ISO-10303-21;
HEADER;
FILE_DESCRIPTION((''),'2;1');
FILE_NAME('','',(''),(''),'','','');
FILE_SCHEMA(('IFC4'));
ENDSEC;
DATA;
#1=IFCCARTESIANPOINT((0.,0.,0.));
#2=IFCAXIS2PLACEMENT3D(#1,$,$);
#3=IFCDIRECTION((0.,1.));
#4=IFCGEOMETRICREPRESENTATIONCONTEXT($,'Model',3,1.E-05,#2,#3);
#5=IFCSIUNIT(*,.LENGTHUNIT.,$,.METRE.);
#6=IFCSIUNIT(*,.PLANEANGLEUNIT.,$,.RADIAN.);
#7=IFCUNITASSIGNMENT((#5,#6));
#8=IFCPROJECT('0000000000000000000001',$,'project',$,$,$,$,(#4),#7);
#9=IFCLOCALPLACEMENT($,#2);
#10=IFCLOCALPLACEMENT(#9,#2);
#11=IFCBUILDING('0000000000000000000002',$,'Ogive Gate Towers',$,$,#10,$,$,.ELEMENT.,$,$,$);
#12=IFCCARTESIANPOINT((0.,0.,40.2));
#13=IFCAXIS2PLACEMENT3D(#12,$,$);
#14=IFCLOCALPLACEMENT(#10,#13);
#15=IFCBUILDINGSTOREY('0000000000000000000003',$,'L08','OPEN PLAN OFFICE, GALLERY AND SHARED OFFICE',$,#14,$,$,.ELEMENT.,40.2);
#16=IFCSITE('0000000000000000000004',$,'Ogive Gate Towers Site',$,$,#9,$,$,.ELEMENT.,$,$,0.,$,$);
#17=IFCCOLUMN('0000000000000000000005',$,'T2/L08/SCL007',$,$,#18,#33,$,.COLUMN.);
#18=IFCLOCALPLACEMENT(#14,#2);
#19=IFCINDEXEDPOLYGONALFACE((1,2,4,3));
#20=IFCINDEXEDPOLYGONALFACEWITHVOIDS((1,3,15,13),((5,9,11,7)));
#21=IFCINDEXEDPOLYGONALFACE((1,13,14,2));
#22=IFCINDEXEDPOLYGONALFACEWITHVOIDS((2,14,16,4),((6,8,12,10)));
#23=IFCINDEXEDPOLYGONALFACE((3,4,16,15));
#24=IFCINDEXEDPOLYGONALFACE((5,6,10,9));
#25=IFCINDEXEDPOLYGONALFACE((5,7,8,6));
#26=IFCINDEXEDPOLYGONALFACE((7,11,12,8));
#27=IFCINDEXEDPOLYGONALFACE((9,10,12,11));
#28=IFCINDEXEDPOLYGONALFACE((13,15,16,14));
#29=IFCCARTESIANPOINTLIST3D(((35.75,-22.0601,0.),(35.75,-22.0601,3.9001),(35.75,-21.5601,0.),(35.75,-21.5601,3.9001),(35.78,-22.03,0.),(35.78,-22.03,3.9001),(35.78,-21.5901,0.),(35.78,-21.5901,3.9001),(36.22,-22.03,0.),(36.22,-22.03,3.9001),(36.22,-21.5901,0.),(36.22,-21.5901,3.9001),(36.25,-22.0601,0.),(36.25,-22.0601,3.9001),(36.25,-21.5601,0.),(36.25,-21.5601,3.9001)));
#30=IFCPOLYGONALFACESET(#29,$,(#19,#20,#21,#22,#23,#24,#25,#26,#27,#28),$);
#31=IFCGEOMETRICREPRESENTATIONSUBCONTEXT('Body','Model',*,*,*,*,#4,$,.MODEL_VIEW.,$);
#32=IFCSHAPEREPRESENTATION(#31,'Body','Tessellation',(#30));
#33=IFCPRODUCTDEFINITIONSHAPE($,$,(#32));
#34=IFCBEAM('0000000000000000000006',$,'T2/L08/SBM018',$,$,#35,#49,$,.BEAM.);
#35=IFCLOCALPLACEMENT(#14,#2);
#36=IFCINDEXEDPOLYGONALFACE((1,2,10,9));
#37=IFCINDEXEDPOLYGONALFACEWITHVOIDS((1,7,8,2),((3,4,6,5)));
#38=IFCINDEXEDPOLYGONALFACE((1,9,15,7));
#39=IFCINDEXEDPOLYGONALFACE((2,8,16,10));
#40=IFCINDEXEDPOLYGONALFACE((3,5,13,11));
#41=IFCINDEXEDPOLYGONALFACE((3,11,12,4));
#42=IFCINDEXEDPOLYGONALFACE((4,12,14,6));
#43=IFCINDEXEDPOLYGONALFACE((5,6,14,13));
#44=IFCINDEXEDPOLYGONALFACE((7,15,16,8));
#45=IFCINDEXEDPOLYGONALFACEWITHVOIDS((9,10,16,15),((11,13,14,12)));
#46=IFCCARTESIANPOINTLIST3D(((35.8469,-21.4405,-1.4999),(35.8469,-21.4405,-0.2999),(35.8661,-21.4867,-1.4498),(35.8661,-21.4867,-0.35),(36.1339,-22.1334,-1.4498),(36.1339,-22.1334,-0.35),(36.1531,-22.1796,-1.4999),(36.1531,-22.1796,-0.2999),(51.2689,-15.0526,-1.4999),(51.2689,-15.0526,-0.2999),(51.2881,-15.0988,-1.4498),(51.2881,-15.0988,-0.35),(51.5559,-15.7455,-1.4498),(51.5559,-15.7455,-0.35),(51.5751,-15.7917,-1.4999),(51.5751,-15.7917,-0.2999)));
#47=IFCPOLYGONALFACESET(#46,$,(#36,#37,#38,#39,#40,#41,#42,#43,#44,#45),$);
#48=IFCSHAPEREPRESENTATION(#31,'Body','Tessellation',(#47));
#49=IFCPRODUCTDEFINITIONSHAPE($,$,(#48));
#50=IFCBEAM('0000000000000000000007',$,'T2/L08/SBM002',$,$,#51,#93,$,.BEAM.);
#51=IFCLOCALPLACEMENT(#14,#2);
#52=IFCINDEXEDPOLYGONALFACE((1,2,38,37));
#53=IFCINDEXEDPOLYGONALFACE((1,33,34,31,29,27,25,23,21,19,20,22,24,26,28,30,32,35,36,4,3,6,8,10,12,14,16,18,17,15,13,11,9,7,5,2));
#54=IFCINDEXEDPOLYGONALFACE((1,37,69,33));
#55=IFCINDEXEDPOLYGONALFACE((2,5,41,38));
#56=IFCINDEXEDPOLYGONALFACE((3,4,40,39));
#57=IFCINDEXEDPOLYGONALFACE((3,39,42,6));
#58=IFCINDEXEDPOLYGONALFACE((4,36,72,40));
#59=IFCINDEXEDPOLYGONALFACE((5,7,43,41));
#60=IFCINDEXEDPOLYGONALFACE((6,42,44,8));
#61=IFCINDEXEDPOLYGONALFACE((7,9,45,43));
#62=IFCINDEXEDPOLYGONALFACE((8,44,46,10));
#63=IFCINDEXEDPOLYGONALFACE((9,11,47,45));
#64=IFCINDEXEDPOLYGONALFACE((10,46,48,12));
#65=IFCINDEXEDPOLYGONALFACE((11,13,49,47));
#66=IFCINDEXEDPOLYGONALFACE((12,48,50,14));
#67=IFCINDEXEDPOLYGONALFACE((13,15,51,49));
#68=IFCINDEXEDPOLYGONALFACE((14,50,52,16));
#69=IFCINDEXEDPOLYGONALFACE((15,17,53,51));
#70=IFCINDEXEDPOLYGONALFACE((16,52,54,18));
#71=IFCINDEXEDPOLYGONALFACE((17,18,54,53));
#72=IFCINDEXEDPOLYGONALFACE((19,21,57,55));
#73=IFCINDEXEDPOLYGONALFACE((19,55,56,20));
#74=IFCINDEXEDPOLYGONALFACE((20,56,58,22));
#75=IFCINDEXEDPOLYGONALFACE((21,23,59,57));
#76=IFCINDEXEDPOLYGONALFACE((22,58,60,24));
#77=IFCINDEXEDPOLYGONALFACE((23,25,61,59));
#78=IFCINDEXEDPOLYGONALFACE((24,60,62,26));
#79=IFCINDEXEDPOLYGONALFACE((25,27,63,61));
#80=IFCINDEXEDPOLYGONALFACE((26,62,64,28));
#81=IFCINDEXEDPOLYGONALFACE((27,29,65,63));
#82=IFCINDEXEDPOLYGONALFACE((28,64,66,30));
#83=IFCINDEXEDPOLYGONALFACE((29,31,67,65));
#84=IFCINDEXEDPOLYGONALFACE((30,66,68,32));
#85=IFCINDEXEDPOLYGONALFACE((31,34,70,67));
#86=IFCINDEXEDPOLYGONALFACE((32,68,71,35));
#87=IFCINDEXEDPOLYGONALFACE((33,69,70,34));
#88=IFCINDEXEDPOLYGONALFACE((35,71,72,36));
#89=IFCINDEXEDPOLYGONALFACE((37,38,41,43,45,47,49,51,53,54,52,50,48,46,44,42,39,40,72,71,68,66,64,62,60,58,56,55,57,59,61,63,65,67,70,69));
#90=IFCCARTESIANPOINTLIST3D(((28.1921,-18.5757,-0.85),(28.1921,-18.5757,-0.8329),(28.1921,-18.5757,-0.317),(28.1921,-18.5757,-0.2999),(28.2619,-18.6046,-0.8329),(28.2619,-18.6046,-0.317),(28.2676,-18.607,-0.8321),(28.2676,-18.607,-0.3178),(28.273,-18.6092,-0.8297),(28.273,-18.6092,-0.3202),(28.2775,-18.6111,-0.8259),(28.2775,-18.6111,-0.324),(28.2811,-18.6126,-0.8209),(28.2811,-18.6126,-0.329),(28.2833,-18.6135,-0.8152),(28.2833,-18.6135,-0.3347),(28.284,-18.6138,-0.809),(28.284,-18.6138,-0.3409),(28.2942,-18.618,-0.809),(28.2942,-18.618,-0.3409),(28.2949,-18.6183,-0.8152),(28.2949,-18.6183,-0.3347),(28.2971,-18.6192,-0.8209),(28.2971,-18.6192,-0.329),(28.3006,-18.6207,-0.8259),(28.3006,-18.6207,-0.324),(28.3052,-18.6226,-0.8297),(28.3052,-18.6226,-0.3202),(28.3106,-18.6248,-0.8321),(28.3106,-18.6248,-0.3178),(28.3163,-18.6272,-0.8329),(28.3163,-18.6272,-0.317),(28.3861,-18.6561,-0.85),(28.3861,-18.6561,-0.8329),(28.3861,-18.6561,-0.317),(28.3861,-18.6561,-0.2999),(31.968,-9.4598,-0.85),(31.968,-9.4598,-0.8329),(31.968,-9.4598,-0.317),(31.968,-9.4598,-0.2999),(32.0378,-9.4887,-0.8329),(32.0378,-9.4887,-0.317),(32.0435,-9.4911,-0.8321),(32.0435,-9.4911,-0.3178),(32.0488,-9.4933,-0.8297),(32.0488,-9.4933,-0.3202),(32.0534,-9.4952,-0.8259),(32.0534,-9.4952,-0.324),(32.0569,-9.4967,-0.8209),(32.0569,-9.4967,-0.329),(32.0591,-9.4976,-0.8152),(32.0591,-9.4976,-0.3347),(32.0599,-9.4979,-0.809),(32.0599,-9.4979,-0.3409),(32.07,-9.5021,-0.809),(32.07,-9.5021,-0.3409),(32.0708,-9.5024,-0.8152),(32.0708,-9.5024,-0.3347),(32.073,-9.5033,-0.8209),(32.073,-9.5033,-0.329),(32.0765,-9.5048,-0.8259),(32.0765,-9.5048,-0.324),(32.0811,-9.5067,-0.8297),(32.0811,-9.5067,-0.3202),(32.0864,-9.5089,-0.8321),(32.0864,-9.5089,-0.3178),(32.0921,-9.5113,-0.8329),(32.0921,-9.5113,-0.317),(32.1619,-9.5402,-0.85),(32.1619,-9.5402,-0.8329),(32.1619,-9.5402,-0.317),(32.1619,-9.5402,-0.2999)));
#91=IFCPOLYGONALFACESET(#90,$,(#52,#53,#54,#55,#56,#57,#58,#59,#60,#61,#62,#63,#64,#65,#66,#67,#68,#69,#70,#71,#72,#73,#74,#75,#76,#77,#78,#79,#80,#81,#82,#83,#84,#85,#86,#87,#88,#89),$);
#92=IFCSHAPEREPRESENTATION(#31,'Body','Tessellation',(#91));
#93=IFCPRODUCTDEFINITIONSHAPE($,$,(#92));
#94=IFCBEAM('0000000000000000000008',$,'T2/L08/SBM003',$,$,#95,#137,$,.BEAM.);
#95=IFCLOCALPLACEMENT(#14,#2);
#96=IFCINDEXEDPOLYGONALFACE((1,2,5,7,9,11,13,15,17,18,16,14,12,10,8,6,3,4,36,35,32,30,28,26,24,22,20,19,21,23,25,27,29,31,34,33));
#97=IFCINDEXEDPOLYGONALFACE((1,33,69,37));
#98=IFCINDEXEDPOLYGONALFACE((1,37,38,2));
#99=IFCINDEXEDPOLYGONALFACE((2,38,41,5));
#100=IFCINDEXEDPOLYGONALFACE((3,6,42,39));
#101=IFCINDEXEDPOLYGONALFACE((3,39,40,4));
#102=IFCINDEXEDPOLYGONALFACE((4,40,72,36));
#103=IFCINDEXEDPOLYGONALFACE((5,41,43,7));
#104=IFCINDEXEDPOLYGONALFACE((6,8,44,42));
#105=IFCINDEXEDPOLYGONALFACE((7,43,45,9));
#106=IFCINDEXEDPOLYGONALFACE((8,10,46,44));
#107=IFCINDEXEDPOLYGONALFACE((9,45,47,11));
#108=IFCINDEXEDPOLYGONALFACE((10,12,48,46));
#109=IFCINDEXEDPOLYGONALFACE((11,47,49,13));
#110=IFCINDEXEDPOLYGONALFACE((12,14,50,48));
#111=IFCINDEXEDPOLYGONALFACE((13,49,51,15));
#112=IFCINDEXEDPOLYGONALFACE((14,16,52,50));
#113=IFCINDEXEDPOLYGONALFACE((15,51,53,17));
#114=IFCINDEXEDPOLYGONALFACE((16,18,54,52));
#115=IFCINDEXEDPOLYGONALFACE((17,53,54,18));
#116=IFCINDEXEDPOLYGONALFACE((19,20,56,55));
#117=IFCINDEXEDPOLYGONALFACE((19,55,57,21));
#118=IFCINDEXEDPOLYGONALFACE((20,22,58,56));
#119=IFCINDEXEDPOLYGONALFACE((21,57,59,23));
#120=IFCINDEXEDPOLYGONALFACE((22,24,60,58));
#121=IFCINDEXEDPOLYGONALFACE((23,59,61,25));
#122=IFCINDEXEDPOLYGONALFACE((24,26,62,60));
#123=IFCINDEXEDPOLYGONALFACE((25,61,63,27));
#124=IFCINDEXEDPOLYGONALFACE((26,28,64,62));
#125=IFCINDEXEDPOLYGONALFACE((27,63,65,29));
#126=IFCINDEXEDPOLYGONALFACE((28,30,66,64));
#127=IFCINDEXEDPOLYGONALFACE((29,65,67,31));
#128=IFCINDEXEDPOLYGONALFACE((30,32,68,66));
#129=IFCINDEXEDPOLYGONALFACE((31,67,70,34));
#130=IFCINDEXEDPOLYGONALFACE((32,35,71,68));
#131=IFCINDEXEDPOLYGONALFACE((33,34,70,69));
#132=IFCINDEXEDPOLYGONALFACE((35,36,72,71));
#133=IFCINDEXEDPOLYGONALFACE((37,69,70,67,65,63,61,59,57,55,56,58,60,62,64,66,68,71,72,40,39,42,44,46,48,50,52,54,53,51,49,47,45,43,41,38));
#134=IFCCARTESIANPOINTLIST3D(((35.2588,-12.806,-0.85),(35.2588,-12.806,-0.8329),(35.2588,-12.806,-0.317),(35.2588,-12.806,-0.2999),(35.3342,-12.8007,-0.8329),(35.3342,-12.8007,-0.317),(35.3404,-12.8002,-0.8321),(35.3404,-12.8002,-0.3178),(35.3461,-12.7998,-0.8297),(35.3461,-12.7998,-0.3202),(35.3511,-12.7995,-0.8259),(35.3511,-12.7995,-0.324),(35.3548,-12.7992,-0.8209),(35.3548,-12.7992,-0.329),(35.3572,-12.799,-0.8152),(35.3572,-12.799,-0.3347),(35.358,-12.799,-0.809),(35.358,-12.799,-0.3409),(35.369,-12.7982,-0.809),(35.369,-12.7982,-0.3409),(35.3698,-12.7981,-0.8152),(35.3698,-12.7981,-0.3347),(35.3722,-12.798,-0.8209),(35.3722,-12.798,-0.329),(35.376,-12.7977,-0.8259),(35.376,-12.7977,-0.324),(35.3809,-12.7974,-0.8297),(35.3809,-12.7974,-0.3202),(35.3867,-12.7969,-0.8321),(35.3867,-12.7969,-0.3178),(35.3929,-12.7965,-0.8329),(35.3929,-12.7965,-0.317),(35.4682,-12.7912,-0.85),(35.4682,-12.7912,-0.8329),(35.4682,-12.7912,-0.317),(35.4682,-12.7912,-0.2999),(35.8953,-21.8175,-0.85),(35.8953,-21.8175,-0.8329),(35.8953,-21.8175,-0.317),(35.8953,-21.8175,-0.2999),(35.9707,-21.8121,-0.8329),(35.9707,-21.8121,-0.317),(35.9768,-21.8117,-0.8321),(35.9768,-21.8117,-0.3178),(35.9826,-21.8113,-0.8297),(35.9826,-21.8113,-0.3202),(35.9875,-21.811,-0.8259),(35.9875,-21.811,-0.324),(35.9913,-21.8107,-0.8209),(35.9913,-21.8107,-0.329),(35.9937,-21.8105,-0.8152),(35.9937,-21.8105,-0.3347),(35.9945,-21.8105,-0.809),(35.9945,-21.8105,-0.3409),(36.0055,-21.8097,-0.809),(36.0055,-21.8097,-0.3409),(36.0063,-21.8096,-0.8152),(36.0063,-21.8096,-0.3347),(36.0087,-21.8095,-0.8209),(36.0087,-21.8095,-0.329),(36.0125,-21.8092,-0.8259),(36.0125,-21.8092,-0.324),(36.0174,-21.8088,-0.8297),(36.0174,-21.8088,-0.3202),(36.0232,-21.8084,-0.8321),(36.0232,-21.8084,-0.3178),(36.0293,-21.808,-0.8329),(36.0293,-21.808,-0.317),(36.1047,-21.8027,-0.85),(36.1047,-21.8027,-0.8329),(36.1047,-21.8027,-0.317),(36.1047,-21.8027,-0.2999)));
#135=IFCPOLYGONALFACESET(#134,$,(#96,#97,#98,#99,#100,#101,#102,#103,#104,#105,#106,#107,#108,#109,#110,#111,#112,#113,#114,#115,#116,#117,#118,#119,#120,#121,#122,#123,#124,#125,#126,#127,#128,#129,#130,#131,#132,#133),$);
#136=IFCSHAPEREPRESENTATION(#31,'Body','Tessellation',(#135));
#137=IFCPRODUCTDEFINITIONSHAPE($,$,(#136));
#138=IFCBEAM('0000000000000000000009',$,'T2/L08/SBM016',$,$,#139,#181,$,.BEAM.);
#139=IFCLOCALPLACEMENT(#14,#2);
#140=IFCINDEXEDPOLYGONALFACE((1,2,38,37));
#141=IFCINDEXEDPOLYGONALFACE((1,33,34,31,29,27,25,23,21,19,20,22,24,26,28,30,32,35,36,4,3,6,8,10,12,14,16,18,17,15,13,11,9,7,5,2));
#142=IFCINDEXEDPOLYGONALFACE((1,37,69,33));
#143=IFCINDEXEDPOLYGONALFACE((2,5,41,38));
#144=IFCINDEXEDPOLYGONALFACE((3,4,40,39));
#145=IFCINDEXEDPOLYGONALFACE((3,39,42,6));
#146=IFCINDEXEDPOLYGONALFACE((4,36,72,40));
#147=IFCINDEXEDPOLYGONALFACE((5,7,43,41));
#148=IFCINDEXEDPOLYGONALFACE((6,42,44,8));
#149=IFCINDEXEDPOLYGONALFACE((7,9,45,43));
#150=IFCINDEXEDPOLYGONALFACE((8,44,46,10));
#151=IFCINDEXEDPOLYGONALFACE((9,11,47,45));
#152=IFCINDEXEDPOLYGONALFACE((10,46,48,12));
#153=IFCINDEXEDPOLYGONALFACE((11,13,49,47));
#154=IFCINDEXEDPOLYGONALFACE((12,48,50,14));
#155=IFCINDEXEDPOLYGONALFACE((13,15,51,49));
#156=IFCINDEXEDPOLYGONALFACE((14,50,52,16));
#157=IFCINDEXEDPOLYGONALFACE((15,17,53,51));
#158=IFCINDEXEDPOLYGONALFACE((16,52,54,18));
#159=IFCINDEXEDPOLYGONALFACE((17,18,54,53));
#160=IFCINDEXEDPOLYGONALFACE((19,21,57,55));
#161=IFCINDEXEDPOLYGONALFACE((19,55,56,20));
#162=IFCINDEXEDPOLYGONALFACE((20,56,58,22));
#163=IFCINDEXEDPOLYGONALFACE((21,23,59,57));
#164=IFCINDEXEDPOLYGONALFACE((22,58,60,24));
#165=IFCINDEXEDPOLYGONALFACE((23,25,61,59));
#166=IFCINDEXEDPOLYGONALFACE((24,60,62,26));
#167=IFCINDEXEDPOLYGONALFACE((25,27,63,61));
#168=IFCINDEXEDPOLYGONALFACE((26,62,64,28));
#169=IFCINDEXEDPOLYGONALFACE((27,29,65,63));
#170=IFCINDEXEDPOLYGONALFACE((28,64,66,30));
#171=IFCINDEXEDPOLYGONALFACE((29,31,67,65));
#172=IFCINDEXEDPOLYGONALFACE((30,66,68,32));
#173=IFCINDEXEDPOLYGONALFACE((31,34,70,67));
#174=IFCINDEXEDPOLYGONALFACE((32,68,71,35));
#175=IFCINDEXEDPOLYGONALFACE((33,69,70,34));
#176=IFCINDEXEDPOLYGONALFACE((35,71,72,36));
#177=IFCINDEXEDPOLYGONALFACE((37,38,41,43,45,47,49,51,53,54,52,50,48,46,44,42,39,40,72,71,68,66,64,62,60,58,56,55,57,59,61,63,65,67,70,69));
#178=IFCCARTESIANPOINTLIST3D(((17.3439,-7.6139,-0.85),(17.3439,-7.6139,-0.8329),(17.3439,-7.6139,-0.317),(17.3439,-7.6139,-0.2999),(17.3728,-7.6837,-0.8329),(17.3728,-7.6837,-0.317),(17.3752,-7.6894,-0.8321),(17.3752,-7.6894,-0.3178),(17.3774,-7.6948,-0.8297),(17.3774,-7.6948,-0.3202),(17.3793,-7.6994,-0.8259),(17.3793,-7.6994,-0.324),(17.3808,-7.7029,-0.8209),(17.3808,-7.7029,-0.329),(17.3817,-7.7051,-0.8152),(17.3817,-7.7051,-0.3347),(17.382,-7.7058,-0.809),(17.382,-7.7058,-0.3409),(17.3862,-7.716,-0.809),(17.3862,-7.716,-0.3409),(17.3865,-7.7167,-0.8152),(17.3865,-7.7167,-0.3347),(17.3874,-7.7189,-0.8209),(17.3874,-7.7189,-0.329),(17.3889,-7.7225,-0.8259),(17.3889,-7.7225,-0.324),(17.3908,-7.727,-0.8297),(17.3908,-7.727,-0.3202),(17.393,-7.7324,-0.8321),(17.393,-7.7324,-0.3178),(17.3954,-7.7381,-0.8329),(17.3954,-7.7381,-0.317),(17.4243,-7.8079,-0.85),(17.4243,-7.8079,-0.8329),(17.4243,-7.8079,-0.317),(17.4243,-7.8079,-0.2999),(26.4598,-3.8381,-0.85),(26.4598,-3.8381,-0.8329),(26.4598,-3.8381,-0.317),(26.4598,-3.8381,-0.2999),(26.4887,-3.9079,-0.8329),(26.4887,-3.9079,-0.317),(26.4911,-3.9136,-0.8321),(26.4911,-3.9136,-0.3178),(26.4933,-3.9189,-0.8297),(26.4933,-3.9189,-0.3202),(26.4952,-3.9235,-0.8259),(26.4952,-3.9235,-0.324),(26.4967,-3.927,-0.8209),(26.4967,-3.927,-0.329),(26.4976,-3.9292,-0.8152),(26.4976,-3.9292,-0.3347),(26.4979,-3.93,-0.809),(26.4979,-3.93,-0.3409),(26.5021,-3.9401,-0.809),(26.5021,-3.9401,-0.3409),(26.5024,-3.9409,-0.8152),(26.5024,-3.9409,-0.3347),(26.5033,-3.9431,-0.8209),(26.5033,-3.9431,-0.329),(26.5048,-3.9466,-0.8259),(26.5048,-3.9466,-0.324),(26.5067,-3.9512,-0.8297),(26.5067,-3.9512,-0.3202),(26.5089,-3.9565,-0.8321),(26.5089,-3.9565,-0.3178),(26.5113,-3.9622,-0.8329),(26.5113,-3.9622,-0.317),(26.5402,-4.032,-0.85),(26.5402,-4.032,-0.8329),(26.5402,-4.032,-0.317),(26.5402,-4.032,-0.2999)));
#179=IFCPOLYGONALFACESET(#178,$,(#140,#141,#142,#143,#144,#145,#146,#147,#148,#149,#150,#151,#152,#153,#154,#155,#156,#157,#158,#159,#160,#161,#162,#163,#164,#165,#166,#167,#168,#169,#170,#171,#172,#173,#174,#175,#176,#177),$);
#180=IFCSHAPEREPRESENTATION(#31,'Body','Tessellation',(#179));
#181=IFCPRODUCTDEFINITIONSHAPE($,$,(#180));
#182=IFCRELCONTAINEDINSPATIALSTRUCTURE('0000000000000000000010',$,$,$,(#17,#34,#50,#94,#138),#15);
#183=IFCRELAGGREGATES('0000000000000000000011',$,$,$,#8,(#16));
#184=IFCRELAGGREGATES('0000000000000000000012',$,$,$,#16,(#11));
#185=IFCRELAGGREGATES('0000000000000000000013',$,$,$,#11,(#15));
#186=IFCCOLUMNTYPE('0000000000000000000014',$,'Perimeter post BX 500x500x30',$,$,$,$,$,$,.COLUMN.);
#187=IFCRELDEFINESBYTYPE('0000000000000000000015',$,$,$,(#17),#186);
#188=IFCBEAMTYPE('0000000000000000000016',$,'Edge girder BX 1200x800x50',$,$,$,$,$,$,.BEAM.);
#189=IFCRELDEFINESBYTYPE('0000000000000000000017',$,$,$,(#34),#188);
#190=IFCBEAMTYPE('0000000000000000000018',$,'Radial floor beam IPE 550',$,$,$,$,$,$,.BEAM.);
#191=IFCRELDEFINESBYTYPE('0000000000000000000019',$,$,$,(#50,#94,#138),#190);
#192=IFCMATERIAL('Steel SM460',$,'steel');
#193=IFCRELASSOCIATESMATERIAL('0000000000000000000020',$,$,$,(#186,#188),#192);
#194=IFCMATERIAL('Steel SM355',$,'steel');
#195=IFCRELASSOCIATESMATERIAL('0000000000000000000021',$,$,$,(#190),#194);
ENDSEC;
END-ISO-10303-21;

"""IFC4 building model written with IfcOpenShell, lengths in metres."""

from ifc_helpers import new_model, si_unit, direction, frame, origin, origin_2d, place, context, subcontext, project, spatial, hollow_rectangle, i_section, extrude, material, material_profile, profile_set, type_object, element, save


model = new_model("IFC4")

# Units and contexts
model_context = context("Model", 3, precision=1e-05, world=origin(), true_north=direction((0.0, 1.0)))
body_context = subcontext(model_context, "Body", "Model", "MODEL_VIEW")
ifc_project = project(units=[si_unit("LENGTHUNIT", "METRE"), si_unit("PLANEANGLEUNIT", "RADIAN")], contexts=[model_context])

# Site, building, storey
site_placement = place(None, origin())
site = spatial("IfcSite", under=ifc_project, at=site_placement, Name="Ogive Gate Towers Site", CompositionType="ELEMENT", RefElevation=0.0)
building_placement = place(site_placement, origin())
building = spatial("IfcBuilding", under=site, at=building_placement, Name="Ogive Gate Towers", CompositionType="ELEMENT")
storey_placement = place(building_placement, frame((0.0, 0.0, 40.2)))
storey = spatial("IfcBuildingStorey", under=building, at=storey_placement, Name="L08", Description="OPEN PLAN OFFICE, GALLERY AND SHARED OFFICE", CompositionType="ELEMENT", Elevation=40.2)

# Column
ifc_material_1 = material(Name="Steel SM460", Category="steel")
ifc_material_profile_1 = material_profile(ifc_material_1, hollow_rectangle(XDim=0.5, YDim=0.5, WallThickness=0.03, at=origin_2d()), Name="BX 500x500x30")
ifc_profile_set_1 = profile_set([ifc_material_profile_1], Name="Steel SM460")
column_type = type_object("IfcColumnType", Name="Perimeter post BX 500x500x30", PredefinedType="COLUMN", material=ifc_profile_set_1)
column_placement = place(storey_placement, frame((36.0, -21.8101, 0.0), z_axis=(0.0, 0.0, 1.0), x_axis=(1.0, 0.0, 0.0)))
element("IfcColumn", 1, at=column_placement, inside=storey, type_object=column_type, Name="T2/L08/SCL007", PredefinedType="COLUMN", context=body_context, shape_type="SweptSolid", body=[
    extrude(hollow_rectangle(XDim=0.5, YDim=0.5, WallThickness=0.03, at=origin_2d()), origin(), (0.0, 0.0, 1.0), 3.9001),
])

# Beams
ifc_material_profile_2 = material_profile(ifc_material_1, hollow_rectangle(XDim=0.8, YDim=1.2, WallThickness=0.05, at=origin_2d()), Name="BX 1200x800x50")
ifc_profile_set_2 = profile_set([ifc_material_profile_2], Name="Steel SM460")
beam_type_1 = type_object("IfcBeamType", Name="Edge girder BX 1200x800x50", PredefinedType="BEAM", material=ifc_profile_set_2)
beam_1_placement = place(storey_placement, frame((36.0, -21.8101, -0.8999), z_axis=(0.923882, 0.382678, 0.0), x_axis=(-0.382678, 0.923882, 0.0)))
element("IfcBeam", 2, at=beam_1_placement, inside=storey, type_object=beam_type_1, Name="T2/L08/SBM018", PredefinedType="BEAM", context=body_context, shape_type="SweptSolid", body=[
    extrude(hollow_rectangle(XDim=0.8, YDim=1.2, WallThickness=0.05, at=origin_2d()), origin(), (0.0, 0.0, 1.0), 16.6926),
])
ifc_material_2 = material(Name="Steel SM355", Category="steel")
ifc_material_profile_3 = material_profile(ifc_material_2, i_section(OverallWidth=0.21, OverallDepth=0.55, WebThickness=0.011, FlangeThickness=0.0171, FilletRadius=0.0239, at=origin_2d()), Name="IPE 550")
ifc_profile_set_3 = profile_set([ifc_material_profile_3], Name="Steel SM355")
beam_type_2 = type_object("IfcBeamType", Name="Radial floor beam IPE 550", PredefinedType="BEAM", material=ifc_profile_set_3)
beam_2_placement = place(storey_placement, frame((32.0649, -9.5, -0.575), z_axis=(-0.382677, -0.923882, 0.0), x_axis=(0.923882, -0.382677, 0.0)))
element("IfcBeam", 3, at=beam_2_placement, inside=storey, type_object=beam_type_2, Name="T2/L08/SBM002", PredefinedType="BEAM", context=body_context, shape_type="SweptSolid", body=[
    extrude(i_section(OverallWidth=0.21, OverallDepth=0.55, WebThickness=0.011, FlangeThickness=0.0171, FilletRadius=0.0239, at=origin_2d()), origin(), (0.0, 0.0, 1.0), 9.8669),
])
beam_3_placement = place(storey_placement, frame((35.3635, -12.7986, -0.575), z_axis=(0.070454, -0.997515, 0.0), x_axis=(0.997515, 0.070454, 0.0)))
element("IfcBeam", 4, at=beam_3_placement, inside=storey, type_object=beam_type_2, Name="T2/L08/SBM003", PredefinedType="BEAM", context=body_context, shape_type="SweptSolid", body=[
    extrude(i_section(OverallWidth=0.21, OverallDepth=0.55, WebThickness=0.011, FlangeThickness=0.0171, FilletRadius=0.0239, at=origin_2d()), origin(), (0.0, 0.0, 1.0), 9.0339),
])
beam_4_placement = place(storey_placement, frame((26.5, -3.9351, -0.575), z_axis=(-0.923882, -0.382677, 0.0), x_axis=(0.382677, -0.923882, 0.0)))
element("IfcBeam", 5, at=beam_4_placement, inside=storey, type_object=beam_type_2, Name="T2/L08/SBM016", PredefinedType="BEAM", context=body_context, shape_type="SweptSolid", body=[
    extrude(i_section(OverallWidth=0.21, OverallDepth=0.55, WebThickness=0.011, FlangeThickness=0.0171, FilletRadius=0.0239, at=origin_2d()), origin(), (0.0, 0.0, 1.0), 9.8669),
])

save(model, "model.ifc")
